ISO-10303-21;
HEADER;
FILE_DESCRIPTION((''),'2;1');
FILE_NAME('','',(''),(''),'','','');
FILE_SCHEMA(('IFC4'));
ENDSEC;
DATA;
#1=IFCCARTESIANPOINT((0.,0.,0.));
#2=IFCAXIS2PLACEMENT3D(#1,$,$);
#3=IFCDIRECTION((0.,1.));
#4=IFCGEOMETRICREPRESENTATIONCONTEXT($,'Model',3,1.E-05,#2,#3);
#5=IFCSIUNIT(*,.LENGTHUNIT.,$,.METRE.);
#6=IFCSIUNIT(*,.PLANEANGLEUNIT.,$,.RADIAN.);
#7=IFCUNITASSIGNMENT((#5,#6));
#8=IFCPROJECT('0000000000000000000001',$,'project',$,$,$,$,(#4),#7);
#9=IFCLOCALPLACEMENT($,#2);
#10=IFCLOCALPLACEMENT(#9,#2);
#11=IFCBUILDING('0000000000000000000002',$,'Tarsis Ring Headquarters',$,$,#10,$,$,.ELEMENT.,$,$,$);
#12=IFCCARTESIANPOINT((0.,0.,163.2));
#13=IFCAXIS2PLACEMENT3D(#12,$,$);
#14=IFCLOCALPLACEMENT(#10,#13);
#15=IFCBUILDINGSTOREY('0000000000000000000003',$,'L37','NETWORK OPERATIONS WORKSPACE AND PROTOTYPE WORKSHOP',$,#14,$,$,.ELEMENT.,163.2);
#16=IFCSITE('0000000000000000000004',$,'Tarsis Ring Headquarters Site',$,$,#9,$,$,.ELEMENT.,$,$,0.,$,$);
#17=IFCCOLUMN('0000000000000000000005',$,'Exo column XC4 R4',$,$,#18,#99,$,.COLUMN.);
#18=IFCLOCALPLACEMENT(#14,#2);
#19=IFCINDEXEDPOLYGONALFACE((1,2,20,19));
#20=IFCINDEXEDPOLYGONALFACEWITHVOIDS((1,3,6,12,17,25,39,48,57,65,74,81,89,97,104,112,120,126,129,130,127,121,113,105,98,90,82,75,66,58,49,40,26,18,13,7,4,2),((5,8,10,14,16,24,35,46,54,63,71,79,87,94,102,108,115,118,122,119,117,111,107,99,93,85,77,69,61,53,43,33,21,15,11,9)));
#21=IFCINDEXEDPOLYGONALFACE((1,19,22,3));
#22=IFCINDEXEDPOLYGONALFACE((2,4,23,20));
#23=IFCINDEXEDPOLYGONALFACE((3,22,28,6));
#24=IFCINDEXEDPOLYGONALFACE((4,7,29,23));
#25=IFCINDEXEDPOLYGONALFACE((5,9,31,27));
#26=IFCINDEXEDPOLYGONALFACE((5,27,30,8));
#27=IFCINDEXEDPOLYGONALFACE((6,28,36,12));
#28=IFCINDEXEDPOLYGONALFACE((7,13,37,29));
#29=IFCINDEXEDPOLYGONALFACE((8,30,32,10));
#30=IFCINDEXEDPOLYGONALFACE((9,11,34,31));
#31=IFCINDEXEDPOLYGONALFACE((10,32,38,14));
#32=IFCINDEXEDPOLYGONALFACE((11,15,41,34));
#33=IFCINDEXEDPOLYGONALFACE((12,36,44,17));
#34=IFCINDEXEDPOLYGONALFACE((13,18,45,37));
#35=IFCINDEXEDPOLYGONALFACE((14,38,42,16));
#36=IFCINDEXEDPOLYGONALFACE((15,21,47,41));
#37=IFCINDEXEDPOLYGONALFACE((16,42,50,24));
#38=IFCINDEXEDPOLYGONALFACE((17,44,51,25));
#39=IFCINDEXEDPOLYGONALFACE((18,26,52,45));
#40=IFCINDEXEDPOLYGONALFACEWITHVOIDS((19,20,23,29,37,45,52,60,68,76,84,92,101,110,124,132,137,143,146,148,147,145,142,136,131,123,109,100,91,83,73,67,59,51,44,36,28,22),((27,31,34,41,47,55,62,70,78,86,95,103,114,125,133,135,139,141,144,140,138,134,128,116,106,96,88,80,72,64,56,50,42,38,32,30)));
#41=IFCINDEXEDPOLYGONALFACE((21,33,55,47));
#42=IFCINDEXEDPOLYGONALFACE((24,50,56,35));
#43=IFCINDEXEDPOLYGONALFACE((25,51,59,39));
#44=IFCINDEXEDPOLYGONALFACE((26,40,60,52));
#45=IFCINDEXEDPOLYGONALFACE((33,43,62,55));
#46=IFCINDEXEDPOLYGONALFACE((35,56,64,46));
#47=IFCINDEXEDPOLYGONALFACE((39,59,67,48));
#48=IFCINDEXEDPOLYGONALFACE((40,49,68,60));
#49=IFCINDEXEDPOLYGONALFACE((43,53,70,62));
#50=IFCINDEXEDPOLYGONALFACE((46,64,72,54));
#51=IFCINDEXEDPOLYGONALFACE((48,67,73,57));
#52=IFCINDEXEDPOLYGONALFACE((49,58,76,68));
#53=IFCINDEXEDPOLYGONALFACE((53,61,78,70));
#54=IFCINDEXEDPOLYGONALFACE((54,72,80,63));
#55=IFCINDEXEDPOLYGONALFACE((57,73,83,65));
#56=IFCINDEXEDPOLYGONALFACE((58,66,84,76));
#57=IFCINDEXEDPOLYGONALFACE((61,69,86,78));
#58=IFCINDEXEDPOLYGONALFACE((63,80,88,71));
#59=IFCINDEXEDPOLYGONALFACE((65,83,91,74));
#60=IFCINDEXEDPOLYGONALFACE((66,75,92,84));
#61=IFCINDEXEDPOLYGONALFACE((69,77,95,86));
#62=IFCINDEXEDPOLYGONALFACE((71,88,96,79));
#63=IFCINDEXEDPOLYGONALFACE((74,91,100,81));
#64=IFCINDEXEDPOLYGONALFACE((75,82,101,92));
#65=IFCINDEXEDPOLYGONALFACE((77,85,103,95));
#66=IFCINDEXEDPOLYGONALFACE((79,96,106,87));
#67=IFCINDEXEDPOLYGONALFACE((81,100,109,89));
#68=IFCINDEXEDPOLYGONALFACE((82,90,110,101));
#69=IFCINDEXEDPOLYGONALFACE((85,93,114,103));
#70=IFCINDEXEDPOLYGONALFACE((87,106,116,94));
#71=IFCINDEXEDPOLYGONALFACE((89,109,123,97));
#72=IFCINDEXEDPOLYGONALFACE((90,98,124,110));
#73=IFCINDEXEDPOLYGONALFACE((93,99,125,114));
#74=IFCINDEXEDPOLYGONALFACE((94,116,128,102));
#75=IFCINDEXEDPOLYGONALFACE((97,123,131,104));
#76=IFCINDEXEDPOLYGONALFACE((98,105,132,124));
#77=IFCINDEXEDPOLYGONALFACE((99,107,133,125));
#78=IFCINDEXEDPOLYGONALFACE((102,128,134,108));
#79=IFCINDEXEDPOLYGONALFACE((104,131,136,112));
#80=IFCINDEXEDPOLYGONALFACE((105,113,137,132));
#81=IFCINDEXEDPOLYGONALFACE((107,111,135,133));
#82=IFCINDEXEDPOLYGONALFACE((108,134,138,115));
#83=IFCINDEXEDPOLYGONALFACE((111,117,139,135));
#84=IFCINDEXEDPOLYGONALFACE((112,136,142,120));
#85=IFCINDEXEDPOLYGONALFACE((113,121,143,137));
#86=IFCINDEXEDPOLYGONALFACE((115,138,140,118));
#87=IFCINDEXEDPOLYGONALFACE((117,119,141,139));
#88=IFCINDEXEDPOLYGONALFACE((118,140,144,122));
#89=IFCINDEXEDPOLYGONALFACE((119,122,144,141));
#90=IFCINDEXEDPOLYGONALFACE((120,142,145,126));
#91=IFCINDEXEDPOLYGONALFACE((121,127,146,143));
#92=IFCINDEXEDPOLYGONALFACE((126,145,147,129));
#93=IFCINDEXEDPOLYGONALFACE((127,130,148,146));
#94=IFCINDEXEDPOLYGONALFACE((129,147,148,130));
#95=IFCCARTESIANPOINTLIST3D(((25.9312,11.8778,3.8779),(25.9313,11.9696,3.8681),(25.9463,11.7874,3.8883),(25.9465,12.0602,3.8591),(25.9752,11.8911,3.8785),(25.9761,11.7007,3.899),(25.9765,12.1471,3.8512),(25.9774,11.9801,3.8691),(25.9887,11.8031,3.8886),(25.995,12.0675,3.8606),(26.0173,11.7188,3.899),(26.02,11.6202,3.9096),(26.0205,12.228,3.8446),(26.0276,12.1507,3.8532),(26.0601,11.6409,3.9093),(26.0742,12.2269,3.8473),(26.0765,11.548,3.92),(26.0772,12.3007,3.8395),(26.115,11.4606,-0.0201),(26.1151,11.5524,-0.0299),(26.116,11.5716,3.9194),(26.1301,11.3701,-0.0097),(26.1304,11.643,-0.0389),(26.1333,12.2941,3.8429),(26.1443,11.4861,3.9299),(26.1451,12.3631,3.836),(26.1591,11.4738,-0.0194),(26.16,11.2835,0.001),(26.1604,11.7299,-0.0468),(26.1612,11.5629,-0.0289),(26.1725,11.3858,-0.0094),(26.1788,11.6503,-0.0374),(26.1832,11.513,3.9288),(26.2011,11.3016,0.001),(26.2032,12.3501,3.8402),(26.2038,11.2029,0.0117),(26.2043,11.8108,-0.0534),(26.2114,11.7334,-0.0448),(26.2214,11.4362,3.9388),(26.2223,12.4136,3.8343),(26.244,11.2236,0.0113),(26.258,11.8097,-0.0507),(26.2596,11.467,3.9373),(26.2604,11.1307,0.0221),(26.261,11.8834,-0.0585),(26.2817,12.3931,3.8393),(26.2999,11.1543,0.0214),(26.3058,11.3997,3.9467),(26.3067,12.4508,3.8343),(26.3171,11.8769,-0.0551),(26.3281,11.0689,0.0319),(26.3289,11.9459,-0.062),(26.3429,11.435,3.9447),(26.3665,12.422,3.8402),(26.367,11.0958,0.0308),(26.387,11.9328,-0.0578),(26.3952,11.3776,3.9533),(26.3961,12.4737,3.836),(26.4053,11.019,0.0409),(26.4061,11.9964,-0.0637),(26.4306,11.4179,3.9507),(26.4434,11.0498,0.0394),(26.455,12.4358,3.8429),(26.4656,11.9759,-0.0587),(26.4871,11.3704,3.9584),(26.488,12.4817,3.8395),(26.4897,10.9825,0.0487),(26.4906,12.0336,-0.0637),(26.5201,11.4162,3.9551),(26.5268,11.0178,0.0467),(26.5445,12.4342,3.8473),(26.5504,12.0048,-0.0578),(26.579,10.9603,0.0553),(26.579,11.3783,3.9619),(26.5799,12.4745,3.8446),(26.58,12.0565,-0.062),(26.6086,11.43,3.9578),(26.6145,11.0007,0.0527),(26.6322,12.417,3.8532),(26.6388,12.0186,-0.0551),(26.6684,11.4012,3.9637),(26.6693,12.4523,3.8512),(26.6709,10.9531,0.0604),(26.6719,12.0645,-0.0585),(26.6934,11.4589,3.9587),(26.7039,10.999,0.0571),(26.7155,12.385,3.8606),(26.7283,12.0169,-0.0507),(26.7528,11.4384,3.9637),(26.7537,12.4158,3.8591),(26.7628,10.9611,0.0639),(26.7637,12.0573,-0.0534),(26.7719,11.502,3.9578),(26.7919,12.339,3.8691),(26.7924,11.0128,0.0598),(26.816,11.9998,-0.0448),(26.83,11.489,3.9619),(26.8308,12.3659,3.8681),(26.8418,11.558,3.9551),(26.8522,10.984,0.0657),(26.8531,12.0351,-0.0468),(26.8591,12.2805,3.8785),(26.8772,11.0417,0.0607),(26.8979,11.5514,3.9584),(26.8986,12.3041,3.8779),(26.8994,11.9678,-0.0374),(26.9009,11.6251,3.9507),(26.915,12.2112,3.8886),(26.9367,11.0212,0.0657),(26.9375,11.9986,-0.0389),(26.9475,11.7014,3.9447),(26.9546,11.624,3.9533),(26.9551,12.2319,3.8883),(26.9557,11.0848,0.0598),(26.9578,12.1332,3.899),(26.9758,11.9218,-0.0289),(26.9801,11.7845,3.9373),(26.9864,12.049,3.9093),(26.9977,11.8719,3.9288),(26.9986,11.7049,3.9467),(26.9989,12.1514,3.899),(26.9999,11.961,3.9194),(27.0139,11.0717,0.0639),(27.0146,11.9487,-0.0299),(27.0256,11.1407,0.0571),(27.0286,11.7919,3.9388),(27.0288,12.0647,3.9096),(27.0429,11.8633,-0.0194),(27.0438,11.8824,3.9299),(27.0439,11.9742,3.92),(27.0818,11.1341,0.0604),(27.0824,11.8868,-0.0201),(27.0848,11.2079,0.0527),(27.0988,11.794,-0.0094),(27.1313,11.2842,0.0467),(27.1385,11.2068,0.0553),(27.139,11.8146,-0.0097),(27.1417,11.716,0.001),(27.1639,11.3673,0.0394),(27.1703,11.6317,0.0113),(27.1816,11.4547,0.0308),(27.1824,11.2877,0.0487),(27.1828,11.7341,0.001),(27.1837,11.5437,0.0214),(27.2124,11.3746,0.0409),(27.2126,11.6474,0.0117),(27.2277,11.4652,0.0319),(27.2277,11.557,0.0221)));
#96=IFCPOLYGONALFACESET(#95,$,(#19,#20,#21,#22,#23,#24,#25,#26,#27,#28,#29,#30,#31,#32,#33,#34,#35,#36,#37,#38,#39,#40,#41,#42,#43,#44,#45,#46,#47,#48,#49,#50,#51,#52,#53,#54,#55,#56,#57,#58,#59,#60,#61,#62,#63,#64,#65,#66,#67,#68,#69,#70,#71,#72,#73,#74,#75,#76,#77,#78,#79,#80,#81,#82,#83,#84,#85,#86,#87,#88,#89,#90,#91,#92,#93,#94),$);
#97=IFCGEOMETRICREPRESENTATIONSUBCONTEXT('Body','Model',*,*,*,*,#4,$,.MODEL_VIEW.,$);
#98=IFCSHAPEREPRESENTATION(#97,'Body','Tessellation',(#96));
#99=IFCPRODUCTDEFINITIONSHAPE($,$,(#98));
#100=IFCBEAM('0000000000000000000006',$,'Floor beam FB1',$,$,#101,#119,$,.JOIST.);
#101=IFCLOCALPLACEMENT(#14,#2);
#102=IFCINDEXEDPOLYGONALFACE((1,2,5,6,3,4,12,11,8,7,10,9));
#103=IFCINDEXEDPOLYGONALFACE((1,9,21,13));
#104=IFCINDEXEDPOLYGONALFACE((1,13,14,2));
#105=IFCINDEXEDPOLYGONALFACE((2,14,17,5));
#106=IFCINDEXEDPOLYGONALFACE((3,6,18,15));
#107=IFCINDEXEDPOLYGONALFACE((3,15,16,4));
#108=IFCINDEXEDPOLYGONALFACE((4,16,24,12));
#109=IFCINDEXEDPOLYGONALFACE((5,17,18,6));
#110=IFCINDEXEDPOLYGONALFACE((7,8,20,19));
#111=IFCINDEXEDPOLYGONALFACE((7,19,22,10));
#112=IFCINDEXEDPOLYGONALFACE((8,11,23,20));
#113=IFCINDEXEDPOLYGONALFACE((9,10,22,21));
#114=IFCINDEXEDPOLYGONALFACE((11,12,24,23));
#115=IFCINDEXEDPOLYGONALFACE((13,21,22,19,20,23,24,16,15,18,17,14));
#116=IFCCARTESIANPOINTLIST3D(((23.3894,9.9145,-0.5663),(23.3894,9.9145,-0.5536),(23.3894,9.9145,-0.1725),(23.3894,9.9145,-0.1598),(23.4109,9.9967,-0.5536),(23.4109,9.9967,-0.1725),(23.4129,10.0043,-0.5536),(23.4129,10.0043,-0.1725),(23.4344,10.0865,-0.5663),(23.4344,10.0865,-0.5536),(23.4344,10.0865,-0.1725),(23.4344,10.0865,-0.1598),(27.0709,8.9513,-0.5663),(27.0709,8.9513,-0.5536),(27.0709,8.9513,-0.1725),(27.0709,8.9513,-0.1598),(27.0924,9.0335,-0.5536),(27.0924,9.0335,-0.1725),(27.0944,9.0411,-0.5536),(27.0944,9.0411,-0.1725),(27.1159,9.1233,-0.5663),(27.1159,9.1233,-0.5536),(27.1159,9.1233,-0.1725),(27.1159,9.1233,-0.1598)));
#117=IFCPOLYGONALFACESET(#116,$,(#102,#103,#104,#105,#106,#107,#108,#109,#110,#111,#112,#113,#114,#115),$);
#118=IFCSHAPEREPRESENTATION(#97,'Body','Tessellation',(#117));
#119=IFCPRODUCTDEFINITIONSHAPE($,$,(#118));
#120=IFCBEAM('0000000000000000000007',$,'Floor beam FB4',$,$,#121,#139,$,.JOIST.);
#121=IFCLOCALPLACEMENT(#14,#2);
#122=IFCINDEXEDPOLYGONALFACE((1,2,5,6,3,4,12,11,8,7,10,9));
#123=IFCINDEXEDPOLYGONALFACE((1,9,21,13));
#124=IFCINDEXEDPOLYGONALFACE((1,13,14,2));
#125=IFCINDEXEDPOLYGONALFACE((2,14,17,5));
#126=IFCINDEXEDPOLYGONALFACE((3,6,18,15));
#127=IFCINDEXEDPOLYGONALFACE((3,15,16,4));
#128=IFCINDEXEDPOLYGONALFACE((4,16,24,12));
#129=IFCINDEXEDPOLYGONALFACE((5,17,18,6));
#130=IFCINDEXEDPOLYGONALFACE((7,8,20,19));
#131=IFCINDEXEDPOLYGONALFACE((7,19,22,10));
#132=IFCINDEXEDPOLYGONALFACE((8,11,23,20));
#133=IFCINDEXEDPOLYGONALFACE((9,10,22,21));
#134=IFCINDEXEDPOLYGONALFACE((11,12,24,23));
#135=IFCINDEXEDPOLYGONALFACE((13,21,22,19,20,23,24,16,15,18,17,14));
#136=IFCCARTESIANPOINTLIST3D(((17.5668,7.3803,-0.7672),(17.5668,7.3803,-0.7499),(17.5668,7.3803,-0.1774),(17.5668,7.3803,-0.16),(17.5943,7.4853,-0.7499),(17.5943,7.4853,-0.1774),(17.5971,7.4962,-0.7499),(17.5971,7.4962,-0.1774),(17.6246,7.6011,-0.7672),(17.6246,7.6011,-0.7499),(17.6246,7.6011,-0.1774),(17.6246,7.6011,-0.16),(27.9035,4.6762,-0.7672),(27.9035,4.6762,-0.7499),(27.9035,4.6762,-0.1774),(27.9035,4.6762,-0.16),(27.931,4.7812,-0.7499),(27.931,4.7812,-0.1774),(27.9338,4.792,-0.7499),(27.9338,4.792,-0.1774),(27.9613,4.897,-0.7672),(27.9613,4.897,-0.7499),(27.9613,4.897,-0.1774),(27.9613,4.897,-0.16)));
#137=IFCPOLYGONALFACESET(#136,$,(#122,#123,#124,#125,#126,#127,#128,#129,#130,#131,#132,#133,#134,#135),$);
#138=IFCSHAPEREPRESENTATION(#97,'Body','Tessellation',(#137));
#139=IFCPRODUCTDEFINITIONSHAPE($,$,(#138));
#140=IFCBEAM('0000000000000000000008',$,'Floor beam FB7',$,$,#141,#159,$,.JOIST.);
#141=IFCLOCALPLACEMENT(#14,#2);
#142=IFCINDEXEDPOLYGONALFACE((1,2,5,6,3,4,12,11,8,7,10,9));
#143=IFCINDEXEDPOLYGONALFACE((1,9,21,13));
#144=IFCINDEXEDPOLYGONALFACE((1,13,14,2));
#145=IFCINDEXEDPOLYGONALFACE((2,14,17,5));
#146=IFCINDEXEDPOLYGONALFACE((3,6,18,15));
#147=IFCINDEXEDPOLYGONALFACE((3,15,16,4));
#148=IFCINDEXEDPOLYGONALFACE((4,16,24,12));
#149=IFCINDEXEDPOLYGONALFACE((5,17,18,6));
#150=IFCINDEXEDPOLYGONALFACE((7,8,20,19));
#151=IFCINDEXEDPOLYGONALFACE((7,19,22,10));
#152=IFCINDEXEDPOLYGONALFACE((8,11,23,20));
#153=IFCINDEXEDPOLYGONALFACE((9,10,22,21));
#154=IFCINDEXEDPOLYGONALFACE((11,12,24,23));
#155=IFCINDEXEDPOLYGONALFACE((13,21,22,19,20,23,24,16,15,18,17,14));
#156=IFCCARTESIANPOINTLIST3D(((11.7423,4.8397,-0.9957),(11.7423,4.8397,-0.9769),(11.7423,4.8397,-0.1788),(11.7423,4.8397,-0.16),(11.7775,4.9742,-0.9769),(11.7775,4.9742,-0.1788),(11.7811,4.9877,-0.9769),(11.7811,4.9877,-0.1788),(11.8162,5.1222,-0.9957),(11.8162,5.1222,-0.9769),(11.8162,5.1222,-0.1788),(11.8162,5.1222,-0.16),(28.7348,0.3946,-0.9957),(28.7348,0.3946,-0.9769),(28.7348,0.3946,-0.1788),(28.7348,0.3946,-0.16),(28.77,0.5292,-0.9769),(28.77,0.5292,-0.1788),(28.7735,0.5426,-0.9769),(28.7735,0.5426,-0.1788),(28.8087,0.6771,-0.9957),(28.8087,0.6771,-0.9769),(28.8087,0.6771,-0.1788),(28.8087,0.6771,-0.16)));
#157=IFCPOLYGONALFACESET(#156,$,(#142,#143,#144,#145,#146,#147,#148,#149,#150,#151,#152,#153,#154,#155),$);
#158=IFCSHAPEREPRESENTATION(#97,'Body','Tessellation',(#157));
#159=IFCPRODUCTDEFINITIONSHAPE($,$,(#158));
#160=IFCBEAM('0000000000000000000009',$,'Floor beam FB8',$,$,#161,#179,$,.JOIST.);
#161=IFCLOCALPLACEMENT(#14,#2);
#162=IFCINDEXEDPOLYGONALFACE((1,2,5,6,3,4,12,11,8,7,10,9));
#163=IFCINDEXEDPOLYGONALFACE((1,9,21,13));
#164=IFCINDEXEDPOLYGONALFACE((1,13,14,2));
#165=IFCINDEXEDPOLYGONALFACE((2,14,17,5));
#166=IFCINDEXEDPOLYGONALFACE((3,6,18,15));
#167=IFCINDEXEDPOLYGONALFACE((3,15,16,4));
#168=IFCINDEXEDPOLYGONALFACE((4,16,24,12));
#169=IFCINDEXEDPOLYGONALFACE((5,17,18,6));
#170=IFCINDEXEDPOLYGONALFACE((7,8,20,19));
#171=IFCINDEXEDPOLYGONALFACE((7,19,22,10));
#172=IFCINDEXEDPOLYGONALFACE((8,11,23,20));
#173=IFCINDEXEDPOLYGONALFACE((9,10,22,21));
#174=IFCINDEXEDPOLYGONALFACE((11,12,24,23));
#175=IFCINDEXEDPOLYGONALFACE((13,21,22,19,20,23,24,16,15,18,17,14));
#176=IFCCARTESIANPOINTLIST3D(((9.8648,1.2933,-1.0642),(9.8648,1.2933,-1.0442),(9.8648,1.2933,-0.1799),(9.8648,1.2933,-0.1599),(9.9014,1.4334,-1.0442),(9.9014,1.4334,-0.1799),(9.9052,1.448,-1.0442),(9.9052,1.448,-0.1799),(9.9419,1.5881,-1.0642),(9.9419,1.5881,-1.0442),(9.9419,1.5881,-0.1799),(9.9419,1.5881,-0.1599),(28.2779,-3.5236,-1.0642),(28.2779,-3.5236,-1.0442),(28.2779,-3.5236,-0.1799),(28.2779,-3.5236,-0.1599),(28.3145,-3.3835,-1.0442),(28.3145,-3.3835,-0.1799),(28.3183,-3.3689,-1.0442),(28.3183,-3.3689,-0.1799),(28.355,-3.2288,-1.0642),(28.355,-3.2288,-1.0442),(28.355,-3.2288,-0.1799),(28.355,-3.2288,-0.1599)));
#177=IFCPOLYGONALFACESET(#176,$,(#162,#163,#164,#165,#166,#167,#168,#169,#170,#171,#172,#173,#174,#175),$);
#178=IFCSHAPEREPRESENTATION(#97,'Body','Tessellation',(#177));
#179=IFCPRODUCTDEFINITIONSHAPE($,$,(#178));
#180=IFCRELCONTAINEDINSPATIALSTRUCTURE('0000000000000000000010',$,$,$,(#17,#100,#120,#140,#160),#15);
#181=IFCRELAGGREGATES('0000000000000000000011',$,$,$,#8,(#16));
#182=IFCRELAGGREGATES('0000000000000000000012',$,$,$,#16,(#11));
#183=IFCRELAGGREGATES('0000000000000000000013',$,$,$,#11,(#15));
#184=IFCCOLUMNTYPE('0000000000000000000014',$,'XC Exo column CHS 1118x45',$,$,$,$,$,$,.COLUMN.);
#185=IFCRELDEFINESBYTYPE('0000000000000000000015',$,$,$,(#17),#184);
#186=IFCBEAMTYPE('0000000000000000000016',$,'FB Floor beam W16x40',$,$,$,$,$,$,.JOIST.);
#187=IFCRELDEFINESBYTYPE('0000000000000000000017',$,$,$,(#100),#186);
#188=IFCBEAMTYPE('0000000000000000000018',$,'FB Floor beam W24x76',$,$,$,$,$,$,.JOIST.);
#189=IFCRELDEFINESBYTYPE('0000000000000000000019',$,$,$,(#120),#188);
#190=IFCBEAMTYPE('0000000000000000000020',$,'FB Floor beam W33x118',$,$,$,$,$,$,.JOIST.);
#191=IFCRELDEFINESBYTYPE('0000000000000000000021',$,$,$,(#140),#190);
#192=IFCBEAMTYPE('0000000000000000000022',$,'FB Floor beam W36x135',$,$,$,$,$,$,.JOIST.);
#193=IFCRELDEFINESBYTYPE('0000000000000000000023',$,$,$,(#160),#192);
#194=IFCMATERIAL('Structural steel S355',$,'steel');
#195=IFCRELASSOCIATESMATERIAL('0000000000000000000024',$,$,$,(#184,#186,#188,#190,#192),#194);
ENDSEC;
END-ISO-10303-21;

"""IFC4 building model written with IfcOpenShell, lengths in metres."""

from ifc_helpers import new_model, si_unit, direction, frame, origin, origin_2d, place, context, subcontext, project, spatial, hollow_circle, i_section, extrude, material, material_profile, profile_set, type_object, element, save


model = new_model("IFC4")

# Units and contexts
model_context = context("Model", 3, precision=1e-05, world=origin(), true_north=direction((0.0, 1.0)))
body_context = subcontext(model_context, "Body", "Model", "MODEL_VIEW")
ifc_project = project(units=[si_unit("LENGTHUNIT", "METRE"), si_unit("PLANEANGLEUNIT", "RADIAN")], contexts=[model_context])

# Site, building, storey
site_placement = place(None, origin())
site = spatial("IfcSite", under=ifc_project, at=site_placement, Name="Tarsis Ring Headquarters Site", CompositionType="ELEMENT", RefElevation=0.0)
building_placement = place(site_placement, origin())
building = spatial("IfcBuilding", under=site, at=building_placement, Name="Tarsis Ring Headquarters", CompositionType="ELEMENT")
storey_placement = place(building_placement, frame((0.0, 0.0, 163.2)))
storey = spatial("IfcBuildingStorey", under=building, at=storey_placement, Name="L37", Description="NETWORK OPERATIONS WORKSPACE AND PROTOTYPE WORKSHOP", CompositionType="ELEMENT", Elevation=163.2)

# Column
ifc_material_1 = material(Name="Structural steel S355", Category="steel")
ifc_material_profile_1 = material_profile(ifc_material_1, hollow_circle(Radius=0.5588, WallThickness=0.0449, at=origin_2d()), Name="CHS 1118x45")
ifc_profile_set_1 = profile_set([ifc_material_profile_1], Name="Structural steel S355")
column_type = type_object("IfcColumnType", Name="XC Exo column CHS 1118x45", PredefinedType="COLUMN", material=ifc_profile_set_1)
column_placement = place(storey_placement, frame((26.6714, 11.5088, 0.001), z_axis=(-0.046843, 0.106315, 0.993228), x_axis=(-0.91511, -0.403205, 0.0)))
element("IfcColumn", 1, at=column_placement, inside=storey, type_object=column_type, Name="Exo column XC4 R4", PredefinedType="COLUMN", context=body_context, shape_type="SweptSolid", body=[
    extrude(hollow_circle(Radius=0.5588, WallThickness=0.0449, at=origin_2d()), origin(), (0.0, 0.0, 1.0), 3.9246),
])

# Beams
ifc_material_profile_2 = material_profile(ifc_material_1, i_section(OverallWidth=0.1777, OverallDepth=0.4065, WebThickness=0.0078, FlangeThickness=0.0127, at=origin_2d()), Name="W16x40")
ifc_profile_set_2 = profile_set([ifc_material_profile_2], Name="Structural steel S355")
beam_type_1 = type_object("IfcBeamType", Name="FB Floor beam W16x40", PredefinedType="JOIST", material=ifc_profile_set_2)
beam_1_placement = place(storey_placement, frame((23.4119, 10.0005, -0.363), z_axis=(0.967439, -0.253103, 0.0), x_axis=(0.253103, 0.967439, 0.0)))
element("IfcBeam", 2, at=beam_1_placement, inside=storey, type_object=beam_type_1, Name="Floor beam FB1", PredefinedType="JOIST", context=body_context, shape_type="SweptSolid", body=[
    extrude(i_section(OverallWidth=0.1777, OverallDepth=0.4065, WebThickness=0.0078, FlangeThickness=0.0127, at=origin_2d()), origin(), (0.0, 0.0, 1.0), 3.8054),
])
ifc_material_profile_3 = material_profile(ifc_material_1, i_section(OverallWidth=0.2283, OverallDepth=0.6072, WebThickness=0.0112, FlangeThickness=0.0173, at=origin_2d()), Name="W24x76")
ifc_profile_set_3 = profile_set([ifc_material_profile_3], Name="Structural steel S355")
beam_type_2 = type_object("IfcBeamType", Name="FB Floor beam W24x76", PredefinedType="JOIST", material=ifc_profile_set_3)
beam_2_placement = place(storey_placement, frame((17.5957, 7.4907, -0.4636), z_axis=(0.967444, -0.253086, 0.0), x_axis=(0.253086, 0.967444, 0.0)))
element("IfcBeam", 3, at=beam_2_placement, inside=storey, type_object=beam_type_2, Name="Floor beam FB4", PredefinedType="JOIST", context=body_context, shape_type="SweptSolid", body=[
    extrude(i_section(OverallWidth=0.2283, OverallDepth=0.6072, WebThickness=0.0112, FlangeThickness=0.0173, at=origin_2d()), origin(), (0.0, 0.0, 1.0), 10.6846),
])
ifc_material_profile_4 = material_profile(ifc_material_1, i_section(OverallWidth=0.292, OverallDepth=0.8357, WebThickness=0.0139, FlangeThickness=0.0188, at=origin_2d()), Name="W33x118")
ifc_profile_set_4 = profile_set([ifc_material_profile_4], Name="Structural steel S355")
beam_type_3 = type_object("IfcBeamType", Name="FB Floor beam W33x118", PredefinedType="JOIST", material=ifc_profile_set_4)
beam_3_placement = place(storey_placement, frame((11.7793, 4.981, -0.5779), z_axis=(0.967447, -0.253075, 0.0), x_axis=(0.253075, 0.967447, 0.0)))
element("IfcBeam", 4, at=beam_3_placement, inside=storey, type_object=beam_type_3, Name="Floor beam FB7", PredefinedType="JOIST", context=body_context, shape_type="SweptSolid", body=[
    extrude(i_section(OverallWidth=0.292, OverallDepth=0.8357, WebThickness=0.0139, FlangeThickness=0.0188, at=origin_2d()), origin(), (0.0, 0.0, 1.0), 17.5642),
])
ifc_material_profile_5 = material_profile(ifc_material_1, i_section(OverallWidth=0.3047, OverallDepth=0.9043, WebThickness=0.0151, FlangeThickness=0.02, at=origin_2d()), Name="W36x135")
ifc_profile_set_5 = profile_set([ifc_material_profile_5], Name="Structural steel S355")
beam_type_4 = type_object("IfcBeamType", Name="FB Floor beam W36x135", PredefinedType="JOIST", material=ifc_profile_set_5)
beam_4_placement = place(storey_placement, frame((9.9033, 1.4407, -0.6121), z_axis=(0.967444, -0.253085, 0.0), x_axis=(0.253085, 0.967444, 0.0)))
element("IfcBeam", 5, at=beam_4_placement, inside=storey, type_object=beam_type_4, Name="Floor beam FB8", PredefinedType="JOIST", context=body_context, shape_type="SweptSolid", body=[
    extrude(i_section(OverallWidth=0.3047, OverallDepth=0.9043, WebThickness=0.0151, FlangeThickness=0.02, at=origin_2d()), origin(), (0.0, 0.0, 1.0), 19.0327),
])

save(model, "model.ifc")
